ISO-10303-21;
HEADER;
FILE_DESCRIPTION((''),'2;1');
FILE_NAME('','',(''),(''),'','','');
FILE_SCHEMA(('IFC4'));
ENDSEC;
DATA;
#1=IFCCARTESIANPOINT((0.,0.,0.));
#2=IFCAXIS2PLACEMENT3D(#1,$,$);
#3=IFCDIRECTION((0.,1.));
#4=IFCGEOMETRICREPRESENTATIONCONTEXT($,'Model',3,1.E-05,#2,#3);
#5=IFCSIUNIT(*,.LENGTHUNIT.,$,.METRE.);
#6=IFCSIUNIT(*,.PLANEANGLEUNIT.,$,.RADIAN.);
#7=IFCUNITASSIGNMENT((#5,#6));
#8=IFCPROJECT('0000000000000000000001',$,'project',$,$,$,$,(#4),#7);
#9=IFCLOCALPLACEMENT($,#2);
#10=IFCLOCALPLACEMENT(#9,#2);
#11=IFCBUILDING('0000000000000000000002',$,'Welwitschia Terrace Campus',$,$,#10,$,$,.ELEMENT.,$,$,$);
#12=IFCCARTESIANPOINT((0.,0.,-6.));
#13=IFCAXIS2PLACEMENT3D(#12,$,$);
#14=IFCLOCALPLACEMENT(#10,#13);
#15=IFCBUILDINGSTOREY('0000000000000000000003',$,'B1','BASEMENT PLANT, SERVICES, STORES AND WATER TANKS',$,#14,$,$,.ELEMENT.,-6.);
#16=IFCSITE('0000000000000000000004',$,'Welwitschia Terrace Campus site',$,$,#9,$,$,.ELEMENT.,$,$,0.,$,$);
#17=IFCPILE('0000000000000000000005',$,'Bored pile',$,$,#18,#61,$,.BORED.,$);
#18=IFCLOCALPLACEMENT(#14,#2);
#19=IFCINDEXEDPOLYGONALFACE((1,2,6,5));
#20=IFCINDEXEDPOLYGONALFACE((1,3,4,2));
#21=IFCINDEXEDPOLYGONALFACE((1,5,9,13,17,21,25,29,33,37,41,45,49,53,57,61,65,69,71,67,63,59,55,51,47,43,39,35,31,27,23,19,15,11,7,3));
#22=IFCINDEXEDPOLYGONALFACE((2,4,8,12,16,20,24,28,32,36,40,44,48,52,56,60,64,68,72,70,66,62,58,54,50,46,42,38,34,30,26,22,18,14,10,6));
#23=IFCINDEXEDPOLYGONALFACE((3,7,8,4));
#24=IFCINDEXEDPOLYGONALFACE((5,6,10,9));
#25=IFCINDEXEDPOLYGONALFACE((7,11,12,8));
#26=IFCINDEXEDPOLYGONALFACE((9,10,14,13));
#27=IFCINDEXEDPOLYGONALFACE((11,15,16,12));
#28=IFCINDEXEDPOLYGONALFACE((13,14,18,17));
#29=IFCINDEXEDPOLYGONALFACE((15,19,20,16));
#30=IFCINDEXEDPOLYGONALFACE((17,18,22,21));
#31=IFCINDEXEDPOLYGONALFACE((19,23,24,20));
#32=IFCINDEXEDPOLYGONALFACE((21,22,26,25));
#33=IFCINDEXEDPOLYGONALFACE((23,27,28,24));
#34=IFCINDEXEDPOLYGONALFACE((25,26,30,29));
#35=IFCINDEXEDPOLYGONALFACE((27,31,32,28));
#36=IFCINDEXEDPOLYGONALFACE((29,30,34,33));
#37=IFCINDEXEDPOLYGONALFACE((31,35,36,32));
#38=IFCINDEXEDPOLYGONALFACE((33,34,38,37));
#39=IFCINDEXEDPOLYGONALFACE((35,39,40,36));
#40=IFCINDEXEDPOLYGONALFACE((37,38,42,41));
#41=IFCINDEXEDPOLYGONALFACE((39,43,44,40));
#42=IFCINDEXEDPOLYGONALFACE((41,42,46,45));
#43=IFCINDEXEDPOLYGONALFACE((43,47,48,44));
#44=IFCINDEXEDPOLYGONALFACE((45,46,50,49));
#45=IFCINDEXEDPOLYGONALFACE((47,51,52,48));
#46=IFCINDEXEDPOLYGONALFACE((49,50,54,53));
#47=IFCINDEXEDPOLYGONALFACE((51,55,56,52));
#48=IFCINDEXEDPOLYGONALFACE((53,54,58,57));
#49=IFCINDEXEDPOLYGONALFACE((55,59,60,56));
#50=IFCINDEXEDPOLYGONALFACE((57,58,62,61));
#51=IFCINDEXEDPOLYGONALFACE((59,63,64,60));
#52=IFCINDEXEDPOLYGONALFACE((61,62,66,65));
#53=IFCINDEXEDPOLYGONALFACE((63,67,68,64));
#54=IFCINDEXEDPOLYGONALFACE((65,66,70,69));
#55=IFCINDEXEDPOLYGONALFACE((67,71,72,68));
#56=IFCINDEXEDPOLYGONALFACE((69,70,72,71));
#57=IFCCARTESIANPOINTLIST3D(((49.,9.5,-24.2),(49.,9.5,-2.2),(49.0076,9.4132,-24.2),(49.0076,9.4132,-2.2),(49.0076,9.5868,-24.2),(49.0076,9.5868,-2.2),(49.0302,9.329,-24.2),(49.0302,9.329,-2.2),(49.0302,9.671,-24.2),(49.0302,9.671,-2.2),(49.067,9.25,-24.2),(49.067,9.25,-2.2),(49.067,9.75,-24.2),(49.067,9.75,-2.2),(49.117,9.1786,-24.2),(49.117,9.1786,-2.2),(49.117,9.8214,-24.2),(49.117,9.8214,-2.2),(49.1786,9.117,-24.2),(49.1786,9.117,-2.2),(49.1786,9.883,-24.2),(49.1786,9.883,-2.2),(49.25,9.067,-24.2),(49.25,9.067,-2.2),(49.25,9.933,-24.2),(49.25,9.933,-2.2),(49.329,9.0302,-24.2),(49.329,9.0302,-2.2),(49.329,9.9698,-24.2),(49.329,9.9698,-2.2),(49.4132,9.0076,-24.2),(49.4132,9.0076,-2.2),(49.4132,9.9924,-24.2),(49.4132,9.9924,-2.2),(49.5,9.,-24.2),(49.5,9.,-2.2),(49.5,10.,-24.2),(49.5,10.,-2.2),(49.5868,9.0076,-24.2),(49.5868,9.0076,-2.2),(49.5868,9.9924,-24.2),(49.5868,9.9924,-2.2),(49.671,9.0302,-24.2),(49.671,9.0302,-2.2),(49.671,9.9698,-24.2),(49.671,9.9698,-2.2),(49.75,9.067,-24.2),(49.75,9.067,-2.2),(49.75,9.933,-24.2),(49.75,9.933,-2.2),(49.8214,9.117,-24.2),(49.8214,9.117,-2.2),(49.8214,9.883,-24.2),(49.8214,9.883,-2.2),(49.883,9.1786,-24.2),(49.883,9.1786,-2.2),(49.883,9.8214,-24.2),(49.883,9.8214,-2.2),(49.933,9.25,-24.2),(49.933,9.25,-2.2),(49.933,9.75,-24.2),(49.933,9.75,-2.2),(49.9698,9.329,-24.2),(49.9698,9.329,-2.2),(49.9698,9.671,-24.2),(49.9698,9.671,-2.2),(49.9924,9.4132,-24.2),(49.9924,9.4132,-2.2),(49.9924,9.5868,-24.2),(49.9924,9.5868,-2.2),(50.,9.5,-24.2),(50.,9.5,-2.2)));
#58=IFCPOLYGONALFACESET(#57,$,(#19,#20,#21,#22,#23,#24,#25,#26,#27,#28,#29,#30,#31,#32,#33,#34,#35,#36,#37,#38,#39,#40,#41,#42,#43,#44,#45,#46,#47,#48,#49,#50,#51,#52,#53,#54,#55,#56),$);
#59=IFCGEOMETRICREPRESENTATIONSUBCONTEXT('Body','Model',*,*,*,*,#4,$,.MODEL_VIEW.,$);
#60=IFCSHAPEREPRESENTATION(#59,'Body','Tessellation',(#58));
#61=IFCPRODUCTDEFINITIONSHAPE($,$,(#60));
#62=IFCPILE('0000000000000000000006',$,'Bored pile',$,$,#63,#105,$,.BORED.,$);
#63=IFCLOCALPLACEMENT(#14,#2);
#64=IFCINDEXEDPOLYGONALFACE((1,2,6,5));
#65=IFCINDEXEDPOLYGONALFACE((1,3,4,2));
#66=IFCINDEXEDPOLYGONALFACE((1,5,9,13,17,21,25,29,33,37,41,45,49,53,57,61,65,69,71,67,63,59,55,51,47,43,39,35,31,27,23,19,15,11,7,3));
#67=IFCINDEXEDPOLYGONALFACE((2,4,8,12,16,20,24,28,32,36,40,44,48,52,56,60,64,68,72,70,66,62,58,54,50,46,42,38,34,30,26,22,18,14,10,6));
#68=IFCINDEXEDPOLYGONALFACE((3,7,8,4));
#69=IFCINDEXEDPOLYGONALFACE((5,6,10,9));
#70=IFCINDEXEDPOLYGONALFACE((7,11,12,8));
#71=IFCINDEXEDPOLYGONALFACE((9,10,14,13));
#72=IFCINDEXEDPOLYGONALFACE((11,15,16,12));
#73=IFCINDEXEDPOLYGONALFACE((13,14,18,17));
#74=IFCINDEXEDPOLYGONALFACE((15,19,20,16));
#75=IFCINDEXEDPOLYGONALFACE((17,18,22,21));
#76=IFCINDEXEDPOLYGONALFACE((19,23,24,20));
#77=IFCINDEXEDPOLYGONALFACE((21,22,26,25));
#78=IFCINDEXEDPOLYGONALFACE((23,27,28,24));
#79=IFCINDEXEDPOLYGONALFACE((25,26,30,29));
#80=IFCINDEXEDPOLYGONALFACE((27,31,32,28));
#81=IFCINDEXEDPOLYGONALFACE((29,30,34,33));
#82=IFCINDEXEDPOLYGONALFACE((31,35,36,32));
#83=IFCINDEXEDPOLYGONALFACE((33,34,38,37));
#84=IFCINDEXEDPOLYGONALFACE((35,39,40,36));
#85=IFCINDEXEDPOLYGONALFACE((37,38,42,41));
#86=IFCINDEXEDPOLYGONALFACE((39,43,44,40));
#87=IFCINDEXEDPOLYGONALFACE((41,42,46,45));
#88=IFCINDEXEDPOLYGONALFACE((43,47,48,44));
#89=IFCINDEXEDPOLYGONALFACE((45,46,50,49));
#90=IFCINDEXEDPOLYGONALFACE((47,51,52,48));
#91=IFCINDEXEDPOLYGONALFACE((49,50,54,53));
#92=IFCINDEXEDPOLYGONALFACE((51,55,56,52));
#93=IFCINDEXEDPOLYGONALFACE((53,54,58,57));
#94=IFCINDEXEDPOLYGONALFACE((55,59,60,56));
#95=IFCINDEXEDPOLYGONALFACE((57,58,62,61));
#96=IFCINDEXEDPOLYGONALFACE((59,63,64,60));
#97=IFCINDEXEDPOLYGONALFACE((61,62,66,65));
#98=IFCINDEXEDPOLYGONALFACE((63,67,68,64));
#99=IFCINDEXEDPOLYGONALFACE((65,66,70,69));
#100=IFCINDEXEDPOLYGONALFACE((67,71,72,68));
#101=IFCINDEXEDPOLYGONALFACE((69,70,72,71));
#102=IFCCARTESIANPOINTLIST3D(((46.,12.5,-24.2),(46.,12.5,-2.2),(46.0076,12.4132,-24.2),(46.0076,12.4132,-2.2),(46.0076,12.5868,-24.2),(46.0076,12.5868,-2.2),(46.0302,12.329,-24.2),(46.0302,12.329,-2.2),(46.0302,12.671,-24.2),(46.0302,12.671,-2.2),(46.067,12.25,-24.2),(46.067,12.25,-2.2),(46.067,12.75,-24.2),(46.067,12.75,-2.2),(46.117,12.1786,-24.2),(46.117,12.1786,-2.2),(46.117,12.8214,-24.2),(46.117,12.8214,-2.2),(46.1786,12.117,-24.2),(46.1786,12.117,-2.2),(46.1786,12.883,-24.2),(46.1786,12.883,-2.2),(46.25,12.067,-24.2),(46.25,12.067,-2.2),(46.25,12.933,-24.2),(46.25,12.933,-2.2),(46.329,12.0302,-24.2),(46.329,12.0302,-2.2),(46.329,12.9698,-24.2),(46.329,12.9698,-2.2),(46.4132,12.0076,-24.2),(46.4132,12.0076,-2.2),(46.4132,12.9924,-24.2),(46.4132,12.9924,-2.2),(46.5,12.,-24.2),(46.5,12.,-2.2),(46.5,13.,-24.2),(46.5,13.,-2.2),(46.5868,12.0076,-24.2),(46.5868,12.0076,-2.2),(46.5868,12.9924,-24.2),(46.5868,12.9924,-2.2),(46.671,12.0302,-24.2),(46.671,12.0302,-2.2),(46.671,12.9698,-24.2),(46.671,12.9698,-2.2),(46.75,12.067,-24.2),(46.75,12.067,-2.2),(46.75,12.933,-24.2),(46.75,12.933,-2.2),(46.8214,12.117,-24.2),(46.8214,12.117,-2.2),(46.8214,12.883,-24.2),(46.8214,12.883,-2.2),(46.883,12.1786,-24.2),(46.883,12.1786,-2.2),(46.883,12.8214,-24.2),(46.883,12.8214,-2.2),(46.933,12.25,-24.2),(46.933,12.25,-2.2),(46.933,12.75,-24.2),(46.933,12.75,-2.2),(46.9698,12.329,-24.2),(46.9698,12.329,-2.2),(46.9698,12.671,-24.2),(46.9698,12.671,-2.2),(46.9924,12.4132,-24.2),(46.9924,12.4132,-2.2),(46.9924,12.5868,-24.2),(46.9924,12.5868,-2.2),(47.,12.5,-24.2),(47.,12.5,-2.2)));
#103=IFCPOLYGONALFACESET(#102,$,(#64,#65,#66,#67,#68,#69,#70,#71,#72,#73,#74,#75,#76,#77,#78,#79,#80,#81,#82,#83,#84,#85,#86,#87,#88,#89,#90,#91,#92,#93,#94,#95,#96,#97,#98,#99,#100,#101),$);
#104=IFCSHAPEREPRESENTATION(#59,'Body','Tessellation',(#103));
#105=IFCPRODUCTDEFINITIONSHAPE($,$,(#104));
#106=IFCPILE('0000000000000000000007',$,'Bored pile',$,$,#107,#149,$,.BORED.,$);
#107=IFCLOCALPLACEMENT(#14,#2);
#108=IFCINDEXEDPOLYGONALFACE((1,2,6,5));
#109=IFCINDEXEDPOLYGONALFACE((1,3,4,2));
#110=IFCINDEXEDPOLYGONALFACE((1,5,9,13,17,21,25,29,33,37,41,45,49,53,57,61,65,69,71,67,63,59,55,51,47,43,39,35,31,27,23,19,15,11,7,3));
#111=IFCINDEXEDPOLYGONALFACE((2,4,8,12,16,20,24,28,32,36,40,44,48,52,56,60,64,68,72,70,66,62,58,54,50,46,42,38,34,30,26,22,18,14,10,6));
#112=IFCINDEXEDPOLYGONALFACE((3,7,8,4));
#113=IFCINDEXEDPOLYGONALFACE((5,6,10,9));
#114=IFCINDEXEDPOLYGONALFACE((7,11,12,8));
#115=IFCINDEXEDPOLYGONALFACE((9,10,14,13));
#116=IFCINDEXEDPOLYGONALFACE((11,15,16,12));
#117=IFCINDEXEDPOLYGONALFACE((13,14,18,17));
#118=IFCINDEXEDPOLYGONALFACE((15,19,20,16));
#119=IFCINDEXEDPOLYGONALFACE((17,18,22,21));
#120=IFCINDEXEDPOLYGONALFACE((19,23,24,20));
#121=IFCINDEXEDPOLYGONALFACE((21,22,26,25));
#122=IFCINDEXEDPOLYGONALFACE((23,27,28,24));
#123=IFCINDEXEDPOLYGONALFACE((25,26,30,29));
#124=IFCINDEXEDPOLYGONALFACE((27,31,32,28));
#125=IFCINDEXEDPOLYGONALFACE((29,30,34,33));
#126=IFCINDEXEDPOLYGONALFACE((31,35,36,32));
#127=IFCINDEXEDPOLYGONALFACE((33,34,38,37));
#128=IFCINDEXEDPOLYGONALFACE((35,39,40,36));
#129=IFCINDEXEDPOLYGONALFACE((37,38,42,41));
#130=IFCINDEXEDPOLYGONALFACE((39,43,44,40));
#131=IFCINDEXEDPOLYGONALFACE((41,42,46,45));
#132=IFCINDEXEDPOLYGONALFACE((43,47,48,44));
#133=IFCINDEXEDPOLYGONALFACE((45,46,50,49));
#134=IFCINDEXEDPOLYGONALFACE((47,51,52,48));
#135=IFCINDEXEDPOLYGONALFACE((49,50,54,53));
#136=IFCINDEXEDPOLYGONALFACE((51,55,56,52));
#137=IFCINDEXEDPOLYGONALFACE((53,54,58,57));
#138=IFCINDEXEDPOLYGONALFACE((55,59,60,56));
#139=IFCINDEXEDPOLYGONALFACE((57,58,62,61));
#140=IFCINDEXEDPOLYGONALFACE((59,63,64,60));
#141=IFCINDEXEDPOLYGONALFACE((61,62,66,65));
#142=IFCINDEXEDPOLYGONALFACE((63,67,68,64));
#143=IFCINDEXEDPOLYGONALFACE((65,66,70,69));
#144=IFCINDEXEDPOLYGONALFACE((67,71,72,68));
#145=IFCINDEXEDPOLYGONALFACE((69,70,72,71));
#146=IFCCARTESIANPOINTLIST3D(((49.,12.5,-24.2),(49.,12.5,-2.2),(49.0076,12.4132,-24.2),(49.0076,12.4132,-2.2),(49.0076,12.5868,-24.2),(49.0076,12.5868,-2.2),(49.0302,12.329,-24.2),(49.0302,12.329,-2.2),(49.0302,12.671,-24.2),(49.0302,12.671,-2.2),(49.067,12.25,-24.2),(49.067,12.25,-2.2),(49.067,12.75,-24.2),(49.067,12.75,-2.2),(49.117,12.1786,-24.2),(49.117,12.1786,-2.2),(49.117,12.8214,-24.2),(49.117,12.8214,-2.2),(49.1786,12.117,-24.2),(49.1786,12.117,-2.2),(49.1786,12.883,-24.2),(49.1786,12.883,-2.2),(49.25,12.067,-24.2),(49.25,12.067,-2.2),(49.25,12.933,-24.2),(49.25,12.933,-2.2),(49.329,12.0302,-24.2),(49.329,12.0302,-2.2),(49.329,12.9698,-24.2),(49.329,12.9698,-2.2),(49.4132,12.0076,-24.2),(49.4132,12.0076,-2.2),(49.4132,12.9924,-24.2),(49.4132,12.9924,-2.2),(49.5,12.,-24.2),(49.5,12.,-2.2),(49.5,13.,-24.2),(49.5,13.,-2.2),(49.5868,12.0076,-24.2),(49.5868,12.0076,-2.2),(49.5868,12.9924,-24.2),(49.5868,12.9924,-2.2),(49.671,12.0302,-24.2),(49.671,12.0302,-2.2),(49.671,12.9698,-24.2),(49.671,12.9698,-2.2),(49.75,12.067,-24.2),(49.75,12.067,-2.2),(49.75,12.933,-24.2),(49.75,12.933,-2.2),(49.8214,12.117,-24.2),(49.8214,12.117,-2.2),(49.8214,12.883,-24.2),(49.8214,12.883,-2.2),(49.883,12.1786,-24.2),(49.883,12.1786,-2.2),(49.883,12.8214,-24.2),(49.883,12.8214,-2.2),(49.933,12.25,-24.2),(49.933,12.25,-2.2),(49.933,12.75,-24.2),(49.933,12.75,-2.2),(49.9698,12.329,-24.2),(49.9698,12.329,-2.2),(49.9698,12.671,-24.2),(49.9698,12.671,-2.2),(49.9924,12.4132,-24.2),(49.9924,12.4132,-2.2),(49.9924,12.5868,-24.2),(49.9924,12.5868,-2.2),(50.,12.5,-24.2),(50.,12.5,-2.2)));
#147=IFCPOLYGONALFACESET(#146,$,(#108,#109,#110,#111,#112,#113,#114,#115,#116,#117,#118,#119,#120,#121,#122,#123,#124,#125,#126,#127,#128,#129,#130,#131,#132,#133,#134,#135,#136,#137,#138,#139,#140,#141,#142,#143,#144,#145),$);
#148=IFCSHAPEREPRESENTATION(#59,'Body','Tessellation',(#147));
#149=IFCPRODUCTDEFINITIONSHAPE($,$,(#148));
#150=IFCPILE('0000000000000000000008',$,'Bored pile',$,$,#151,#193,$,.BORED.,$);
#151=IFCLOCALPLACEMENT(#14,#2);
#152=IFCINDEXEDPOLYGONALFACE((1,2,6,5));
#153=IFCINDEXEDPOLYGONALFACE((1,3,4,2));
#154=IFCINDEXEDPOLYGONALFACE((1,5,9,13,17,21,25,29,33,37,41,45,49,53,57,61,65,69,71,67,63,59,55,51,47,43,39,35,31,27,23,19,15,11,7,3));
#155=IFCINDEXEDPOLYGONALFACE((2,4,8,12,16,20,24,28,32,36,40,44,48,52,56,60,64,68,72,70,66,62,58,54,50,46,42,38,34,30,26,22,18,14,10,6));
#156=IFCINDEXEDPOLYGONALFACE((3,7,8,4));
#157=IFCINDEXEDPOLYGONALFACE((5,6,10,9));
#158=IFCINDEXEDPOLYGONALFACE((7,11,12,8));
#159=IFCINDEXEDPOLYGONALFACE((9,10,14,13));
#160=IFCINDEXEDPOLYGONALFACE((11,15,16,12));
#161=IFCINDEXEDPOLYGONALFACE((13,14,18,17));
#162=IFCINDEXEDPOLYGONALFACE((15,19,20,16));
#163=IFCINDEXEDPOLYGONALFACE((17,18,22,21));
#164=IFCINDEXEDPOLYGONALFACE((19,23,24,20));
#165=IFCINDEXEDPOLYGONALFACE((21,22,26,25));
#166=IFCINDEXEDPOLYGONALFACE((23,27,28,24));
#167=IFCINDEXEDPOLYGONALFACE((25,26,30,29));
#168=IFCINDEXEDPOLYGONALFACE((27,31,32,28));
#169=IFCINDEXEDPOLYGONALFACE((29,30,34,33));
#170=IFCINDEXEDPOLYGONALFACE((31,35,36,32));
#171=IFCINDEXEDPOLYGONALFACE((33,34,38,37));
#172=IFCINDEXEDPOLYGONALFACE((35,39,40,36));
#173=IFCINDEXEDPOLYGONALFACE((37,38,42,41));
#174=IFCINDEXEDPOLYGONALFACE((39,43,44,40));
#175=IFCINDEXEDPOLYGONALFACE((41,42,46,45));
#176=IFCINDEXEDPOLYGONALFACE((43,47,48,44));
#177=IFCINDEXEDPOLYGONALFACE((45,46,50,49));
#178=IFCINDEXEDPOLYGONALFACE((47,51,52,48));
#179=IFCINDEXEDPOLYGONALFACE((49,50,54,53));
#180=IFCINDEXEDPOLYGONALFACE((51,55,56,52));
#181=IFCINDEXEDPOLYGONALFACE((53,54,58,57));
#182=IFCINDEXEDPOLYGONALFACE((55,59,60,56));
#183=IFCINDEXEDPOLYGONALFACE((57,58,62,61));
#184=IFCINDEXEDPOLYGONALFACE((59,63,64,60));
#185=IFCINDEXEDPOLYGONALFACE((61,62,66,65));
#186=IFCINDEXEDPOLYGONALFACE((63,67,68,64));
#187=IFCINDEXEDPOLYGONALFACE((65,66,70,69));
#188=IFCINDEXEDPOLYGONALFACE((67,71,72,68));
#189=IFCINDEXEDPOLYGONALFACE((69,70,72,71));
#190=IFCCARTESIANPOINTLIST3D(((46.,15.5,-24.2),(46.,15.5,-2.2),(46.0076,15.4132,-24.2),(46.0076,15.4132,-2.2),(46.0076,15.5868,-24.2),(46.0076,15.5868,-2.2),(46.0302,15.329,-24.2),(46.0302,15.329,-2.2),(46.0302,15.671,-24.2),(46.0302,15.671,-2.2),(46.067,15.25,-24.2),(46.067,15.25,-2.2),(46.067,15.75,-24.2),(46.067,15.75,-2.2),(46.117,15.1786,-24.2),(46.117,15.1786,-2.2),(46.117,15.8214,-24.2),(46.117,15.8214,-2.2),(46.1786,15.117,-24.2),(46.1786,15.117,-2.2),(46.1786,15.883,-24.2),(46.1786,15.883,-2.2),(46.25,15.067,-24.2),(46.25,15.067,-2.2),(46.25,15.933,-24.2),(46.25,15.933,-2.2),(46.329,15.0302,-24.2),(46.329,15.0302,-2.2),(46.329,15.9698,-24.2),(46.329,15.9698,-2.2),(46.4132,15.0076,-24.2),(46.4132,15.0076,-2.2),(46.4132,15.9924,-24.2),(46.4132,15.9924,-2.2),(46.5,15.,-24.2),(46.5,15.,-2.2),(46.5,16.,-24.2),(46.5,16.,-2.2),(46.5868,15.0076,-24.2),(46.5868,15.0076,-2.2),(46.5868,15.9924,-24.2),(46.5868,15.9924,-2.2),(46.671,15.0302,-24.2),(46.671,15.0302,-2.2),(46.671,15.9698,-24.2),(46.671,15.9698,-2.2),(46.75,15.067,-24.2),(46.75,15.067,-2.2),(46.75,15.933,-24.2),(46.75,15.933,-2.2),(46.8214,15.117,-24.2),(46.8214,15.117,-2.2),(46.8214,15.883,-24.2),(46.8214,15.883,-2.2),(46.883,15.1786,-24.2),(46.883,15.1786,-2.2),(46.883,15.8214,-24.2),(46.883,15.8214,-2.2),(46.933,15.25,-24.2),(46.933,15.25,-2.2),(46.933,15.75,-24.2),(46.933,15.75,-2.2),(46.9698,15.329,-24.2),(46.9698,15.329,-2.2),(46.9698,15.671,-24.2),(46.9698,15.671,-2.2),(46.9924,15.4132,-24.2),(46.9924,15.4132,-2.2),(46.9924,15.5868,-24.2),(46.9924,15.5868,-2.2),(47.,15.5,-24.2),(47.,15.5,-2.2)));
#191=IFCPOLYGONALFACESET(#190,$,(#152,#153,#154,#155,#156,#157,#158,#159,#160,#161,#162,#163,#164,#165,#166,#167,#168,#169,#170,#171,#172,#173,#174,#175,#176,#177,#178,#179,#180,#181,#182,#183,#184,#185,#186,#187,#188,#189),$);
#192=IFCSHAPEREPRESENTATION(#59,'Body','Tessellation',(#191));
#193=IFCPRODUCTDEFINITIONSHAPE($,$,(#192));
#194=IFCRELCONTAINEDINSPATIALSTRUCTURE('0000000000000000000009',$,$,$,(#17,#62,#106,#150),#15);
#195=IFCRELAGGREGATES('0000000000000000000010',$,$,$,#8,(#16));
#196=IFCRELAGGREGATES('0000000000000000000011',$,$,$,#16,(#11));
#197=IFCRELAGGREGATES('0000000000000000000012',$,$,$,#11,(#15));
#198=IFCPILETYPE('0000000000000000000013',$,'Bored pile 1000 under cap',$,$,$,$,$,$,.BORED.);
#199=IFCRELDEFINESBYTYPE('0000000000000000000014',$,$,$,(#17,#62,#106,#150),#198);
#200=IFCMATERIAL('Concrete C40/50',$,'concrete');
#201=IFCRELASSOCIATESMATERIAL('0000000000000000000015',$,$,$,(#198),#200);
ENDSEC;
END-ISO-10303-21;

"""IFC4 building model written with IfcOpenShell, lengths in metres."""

from ifc_helpers import new_model, si_unit, direction, frame, origin, origin_2d, place, context, subcontext, project, spatial, circle, extrude, material, type_object, element, save


model = new_model("IFC4")

# Units and contexts
model_context = context("Model", 3, precision=1e-05, world=origin(), true_north=direction((0.0, 1.0)))
body_context = subcontext(model_context, "Body", "Model", "MODEL_VIEW")
ifc_project = project(units=[si_unit("LENGTHUNIT", "METRE"), si_unit("PLANEANGLEUNIT", "RADIAN")], contexts=[model_context])

# Site, building, storey
site_placement = place(None, origin())
site = spatial("IfcSite", under=ifc_project, at=site_placement, Name="Welwitschia Terrace Campus site", CompositionType="ELEMENT", RefElevation=0.0)
building_placement = place(site_placement, origin())
building = spatial("IfcBuilding", under=site, at=building_placement, Name="Welwitschia Terrace Campus", CompositionType="ELEMENT")
storey_placement = place(building_placement, frame((0.0, 0.0, -6.0)))
storey = spatial("IfcBuildingStorey", under=building, at=storey_placement, Name="B1", Description="BASEMENT PLANT, SERVICES, STORES AND WATER TANKS", CompositionType="ELEMENT", Elevation=-6.0)

# Piles
ifc_material_1 = material(Name="Concrete C40/50", Category="concrete")
pile_type = type_object("IfcPileType", Name="Bored pile 1000 under cap", PredefinedType="BORED", material=ifc_material_1)
for number, where, z_axis, x_axis, name in (
    (1, (49.5, 9.5, -2.2), (0.0, 0.0, -1.0), (1.0, 0.0, 0.0), "Bored pile"),
    (2, (46.5, 12.5, -2.2), (0.0, 0.0, -1.0), (1.0, 0.0, 0.0), "Bored pile"),
    (3, (49.5, 12.5, -2.2), (0.0, 0.0, -1.0), (1.0, 0.0, 0.0), "Bored pile"),
    (4, (46.5, 15.5, -2.2), (0.0, 0.0, -1.0), (1.0, 0.0, 0.0), "Bored pile"),
):
    element("IfcPile", number, at=place(storey_placement, frame(where, z_axis=z_axis, x_axis=x_axis)), inside=storey, type_object=pile_type, Name=name, PredefinedType="BORED", context=body_context, shape_type="SweptSolid", body=[
        extrude(circle(Radius=0.5, at=origin_2d()), origin(), (0.0, 0.0, 1.0), 22.0),
    ])

save(model, "model.ifc")
